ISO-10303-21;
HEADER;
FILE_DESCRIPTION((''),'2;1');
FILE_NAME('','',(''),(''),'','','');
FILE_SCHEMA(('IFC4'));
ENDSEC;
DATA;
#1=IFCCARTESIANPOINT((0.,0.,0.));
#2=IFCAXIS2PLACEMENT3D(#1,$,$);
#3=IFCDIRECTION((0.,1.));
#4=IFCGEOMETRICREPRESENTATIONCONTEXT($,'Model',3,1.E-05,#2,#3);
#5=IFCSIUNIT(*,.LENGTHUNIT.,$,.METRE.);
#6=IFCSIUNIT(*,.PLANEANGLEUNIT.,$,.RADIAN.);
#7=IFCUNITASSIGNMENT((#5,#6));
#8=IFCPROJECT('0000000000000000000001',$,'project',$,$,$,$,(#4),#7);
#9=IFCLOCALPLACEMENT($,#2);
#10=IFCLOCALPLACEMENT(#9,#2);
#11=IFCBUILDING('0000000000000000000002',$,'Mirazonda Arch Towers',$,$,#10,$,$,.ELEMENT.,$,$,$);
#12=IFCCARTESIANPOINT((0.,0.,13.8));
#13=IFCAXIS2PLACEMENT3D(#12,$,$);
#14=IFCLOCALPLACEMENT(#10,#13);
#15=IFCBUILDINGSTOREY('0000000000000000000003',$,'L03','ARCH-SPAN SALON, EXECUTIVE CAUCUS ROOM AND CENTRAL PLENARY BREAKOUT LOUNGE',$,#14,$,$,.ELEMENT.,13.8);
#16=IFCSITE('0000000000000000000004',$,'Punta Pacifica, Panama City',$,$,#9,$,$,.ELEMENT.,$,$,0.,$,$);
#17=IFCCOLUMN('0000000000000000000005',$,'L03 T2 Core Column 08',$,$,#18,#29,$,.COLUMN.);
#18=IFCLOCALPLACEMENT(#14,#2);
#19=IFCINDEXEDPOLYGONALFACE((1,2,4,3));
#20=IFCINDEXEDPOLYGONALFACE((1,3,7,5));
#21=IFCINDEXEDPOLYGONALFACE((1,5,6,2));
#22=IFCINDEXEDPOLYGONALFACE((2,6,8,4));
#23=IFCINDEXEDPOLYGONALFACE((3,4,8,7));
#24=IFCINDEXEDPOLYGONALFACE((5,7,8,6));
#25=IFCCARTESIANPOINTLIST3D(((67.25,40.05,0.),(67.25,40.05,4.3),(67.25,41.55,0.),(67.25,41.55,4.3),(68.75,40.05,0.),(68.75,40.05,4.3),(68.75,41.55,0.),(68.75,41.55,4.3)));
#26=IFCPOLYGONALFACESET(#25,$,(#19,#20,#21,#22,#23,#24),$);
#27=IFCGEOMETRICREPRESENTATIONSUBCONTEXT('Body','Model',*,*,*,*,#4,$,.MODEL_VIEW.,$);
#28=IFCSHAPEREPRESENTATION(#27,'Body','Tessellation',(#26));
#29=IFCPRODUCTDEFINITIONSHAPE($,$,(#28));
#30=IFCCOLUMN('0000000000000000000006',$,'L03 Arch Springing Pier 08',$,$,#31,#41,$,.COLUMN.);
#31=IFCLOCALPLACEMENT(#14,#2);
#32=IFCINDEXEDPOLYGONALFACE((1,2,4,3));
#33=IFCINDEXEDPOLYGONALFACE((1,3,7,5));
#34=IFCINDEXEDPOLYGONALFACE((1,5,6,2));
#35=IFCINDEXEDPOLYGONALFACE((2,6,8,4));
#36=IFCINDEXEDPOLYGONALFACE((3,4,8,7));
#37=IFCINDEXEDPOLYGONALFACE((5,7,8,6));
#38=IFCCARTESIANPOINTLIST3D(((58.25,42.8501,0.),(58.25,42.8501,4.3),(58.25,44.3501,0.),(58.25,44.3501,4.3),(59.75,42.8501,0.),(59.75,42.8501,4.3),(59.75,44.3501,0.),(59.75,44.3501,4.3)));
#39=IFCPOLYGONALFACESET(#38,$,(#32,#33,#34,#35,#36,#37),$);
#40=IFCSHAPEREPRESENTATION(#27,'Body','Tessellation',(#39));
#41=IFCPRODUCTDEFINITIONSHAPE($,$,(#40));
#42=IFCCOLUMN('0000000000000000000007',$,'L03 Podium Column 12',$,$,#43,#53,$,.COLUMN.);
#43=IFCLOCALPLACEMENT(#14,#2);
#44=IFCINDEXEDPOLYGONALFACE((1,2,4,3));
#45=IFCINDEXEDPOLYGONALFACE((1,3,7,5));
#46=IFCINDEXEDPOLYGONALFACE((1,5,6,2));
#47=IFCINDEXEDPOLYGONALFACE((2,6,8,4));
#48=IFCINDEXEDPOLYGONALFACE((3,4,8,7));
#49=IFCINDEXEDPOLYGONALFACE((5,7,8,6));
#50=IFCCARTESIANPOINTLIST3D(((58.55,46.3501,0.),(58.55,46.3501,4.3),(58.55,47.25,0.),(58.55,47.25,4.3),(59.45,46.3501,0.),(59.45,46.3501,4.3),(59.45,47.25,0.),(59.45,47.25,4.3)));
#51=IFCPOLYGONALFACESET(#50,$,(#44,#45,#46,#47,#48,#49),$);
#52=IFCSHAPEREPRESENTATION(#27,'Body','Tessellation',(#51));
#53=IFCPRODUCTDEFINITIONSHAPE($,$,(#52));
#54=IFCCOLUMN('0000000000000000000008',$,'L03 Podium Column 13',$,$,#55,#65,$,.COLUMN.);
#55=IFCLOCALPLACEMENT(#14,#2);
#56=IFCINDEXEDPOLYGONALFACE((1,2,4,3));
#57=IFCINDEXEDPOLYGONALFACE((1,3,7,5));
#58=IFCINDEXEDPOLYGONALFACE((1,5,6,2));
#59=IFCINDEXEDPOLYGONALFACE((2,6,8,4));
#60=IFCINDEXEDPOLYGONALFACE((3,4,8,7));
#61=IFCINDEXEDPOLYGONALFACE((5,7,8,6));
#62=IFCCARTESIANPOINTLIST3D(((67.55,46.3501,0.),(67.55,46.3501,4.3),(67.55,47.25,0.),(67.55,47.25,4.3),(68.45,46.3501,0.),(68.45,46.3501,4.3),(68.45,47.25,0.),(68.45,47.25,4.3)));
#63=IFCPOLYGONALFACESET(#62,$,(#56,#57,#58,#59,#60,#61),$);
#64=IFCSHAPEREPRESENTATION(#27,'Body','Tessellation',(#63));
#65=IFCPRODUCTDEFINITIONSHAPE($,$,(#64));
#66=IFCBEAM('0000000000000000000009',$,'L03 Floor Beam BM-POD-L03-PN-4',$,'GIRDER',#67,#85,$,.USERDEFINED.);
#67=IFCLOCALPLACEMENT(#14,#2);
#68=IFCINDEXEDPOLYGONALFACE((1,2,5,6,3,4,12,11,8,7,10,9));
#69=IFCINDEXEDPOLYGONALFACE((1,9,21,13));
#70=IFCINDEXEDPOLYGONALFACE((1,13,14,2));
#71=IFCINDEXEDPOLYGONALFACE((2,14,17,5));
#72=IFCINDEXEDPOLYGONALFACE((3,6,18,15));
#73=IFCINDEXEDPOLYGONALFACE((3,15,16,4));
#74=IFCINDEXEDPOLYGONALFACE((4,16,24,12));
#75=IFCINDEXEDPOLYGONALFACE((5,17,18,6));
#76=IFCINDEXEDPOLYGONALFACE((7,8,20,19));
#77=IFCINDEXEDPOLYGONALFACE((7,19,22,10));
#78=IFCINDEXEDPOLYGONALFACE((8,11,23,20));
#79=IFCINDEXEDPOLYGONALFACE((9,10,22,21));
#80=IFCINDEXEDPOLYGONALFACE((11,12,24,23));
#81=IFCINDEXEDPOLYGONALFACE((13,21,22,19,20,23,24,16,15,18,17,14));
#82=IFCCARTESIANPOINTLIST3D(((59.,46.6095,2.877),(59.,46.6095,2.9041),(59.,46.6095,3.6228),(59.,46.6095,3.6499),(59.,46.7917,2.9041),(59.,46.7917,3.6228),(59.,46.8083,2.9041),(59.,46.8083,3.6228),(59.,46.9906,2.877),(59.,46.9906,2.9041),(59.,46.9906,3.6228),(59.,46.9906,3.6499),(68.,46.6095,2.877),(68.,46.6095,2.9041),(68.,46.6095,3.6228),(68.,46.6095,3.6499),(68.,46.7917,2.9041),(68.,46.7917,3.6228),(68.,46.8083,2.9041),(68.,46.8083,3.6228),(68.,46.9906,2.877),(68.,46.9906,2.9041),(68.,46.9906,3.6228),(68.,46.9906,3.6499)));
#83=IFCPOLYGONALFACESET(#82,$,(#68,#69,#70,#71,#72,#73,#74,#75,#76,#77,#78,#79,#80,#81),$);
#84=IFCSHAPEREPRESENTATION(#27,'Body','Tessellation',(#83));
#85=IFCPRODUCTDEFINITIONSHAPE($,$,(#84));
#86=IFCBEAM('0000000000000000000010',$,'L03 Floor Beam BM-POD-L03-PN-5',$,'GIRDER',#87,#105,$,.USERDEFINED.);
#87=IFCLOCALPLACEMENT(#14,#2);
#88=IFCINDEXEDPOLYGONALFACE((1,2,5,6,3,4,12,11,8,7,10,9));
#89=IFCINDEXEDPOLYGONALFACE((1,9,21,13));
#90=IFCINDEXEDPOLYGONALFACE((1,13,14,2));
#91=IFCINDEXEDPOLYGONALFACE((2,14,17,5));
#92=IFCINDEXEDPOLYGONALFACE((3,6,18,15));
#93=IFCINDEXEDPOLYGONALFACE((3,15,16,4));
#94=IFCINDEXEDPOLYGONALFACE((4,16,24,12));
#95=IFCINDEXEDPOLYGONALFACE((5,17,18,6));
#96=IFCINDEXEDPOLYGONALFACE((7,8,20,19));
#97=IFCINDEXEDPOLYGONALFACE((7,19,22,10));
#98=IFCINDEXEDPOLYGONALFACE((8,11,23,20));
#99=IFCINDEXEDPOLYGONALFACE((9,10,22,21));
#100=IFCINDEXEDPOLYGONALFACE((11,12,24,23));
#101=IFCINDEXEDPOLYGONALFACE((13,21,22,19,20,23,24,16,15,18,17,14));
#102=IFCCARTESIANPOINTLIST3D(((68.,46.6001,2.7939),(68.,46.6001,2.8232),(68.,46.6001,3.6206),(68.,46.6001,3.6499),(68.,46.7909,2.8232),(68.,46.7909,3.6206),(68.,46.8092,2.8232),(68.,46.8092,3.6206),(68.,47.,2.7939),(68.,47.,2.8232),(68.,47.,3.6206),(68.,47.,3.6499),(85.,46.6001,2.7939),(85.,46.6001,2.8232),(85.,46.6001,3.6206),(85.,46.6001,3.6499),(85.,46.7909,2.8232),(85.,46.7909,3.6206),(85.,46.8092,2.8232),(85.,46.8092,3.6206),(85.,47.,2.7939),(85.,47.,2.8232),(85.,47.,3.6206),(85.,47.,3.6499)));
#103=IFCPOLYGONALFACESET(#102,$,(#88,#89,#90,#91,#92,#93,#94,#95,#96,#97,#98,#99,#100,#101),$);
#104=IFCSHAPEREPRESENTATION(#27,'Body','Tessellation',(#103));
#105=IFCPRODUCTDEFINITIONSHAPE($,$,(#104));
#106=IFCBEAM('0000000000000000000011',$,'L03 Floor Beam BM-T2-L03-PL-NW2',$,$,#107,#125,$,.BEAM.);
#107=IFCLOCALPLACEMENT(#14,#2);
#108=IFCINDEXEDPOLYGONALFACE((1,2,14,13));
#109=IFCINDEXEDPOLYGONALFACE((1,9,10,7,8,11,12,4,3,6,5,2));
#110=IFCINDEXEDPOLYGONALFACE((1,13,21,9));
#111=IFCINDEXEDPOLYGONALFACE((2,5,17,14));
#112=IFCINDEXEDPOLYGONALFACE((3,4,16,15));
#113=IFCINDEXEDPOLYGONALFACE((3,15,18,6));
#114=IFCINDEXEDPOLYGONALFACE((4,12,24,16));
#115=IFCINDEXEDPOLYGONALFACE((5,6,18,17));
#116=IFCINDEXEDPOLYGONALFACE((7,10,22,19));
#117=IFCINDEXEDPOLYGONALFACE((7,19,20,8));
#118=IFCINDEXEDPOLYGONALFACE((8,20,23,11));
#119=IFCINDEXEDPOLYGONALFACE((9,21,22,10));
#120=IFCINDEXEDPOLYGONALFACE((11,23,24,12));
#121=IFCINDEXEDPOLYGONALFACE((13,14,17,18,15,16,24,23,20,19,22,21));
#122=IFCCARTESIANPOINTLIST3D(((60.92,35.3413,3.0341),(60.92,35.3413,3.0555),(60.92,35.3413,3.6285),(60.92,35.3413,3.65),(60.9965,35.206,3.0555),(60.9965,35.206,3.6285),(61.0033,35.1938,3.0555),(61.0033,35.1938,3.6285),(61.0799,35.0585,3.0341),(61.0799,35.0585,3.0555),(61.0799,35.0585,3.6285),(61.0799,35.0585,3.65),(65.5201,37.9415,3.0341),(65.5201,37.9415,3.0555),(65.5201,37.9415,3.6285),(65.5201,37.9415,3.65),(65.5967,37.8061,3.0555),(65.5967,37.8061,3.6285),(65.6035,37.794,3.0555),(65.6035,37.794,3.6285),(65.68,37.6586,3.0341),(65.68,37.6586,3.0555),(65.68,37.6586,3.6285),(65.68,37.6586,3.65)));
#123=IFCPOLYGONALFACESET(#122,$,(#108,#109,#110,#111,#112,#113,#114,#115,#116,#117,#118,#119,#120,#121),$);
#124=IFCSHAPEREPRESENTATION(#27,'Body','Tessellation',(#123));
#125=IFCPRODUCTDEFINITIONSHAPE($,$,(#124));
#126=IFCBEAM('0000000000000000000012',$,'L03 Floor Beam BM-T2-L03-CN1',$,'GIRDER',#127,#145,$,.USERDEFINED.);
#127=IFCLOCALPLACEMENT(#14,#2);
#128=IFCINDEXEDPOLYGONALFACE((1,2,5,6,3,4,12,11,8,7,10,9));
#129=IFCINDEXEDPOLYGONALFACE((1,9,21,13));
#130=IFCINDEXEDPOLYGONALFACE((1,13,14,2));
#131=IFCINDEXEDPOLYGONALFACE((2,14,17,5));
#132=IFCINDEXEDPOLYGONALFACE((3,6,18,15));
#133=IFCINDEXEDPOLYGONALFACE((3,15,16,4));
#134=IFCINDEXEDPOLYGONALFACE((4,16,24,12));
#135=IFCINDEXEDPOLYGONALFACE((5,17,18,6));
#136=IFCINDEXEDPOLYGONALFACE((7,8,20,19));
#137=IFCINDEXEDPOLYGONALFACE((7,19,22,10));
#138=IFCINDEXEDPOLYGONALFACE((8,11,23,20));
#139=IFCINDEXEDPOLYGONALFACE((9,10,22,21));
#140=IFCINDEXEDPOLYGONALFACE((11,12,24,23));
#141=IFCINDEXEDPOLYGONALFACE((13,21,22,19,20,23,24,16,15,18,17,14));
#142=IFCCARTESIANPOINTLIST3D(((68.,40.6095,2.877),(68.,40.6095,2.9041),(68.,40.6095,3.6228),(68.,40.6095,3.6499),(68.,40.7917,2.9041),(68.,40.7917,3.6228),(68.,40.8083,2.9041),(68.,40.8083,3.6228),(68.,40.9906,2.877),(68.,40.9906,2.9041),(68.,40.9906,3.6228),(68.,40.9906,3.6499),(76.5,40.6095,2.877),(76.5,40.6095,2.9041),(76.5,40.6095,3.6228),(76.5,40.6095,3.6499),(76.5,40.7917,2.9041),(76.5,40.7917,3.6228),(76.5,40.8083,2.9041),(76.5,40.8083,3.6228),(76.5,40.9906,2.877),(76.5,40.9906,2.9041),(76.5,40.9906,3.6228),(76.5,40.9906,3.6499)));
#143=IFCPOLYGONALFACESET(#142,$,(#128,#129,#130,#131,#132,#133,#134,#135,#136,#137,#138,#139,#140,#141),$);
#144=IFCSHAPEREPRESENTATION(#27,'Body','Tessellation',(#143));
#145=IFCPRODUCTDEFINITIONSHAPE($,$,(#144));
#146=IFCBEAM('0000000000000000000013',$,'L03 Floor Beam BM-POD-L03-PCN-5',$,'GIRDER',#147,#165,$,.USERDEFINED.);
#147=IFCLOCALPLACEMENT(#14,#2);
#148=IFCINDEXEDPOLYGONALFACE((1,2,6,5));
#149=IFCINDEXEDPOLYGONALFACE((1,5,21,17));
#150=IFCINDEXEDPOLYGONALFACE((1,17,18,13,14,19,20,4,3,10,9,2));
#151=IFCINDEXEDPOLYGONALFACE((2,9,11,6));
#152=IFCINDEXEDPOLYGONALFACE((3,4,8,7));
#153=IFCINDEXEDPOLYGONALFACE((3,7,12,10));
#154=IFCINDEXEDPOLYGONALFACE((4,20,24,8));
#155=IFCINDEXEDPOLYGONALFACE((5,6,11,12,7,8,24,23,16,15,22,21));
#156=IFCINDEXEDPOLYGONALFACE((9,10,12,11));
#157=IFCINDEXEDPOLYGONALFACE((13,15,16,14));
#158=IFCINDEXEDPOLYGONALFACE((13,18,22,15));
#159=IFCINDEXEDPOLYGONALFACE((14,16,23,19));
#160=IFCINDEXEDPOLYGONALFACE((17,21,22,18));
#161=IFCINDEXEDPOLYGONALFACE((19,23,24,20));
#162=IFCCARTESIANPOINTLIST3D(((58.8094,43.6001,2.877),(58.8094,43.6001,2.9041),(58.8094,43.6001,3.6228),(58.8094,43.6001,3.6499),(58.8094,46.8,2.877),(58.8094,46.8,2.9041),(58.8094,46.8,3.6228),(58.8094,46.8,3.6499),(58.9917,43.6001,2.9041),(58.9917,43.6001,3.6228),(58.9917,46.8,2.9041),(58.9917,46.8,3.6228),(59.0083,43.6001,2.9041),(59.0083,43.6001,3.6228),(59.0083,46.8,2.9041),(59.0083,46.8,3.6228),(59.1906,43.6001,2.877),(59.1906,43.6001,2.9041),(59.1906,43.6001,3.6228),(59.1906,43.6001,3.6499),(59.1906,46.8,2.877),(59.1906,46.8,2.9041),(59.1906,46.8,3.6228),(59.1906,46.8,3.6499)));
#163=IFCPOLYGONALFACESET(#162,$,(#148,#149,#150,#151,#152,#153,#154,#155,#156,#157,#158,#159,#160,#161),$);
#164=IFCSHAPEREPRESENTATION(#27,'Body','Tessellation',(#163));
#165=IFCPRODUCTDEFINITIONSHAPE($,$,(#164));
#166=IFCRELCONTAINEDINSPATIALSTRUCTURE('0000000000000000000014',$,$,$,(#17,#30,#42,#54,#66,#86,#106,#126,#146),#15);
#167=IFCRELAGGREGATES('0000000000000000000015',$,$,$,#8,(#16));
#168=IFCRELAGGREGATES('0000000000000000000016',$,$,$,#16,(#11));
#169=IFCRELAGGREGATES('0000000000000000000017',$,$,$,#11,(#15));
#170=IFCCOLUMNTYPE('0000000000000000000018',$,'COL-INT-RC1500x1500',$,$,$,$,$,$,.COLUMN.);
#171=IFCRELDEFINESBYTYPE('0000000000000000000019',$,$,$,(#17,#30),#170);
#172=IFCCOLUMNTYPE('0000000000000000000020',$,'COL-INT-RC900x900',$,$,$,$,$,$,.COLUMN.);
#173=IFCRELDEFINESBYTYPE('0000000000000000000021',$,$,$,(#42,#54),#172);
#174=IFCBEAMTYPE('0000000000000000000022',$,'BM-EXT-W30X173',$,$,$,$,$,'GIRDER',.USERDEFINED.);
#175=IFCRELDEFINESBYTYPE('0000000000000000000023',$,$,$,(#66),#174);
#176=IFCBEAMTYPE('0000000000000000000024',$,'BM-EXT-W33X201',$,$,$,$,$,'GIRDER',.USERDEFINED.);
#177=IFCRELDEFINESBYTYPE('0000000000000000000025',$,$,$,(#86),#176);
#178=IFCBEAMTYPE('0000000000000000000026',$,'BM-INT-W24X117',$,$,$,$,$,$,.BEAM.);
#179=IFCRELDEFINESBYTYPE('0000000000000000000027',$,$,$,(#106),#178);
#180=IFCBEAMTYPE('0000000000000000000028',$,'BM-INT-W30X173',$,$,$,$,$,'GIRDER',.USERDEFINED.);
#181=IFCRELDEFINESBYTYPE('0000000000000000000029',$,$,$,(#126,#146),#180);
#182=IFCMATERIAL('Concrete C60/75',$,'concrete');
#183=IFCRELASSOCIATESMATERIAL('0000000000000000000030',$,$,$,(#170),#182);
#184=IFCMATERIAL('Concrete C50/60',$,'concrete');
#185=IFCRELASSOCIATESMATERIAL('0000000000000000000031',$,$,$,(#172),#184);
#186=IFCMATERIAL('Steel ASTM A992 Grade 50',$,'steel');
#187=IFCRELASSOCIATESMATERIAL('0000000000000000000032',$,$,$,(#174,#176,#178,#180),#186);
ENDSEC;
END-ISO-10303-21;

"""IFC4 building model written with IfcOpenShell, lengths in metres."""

from ifc_helpers import new_model, si_unit, direction, frame, origin, origin_2d, place, context, subcontext, project, spatial, rectangle, i_section, extrude, material, material_profile, profile_set, type_object, element, save


model = new_model("IFC4")

# Units and contexts
model_context = context("Model", 3, precision=1e-05, world=origin(), true_north=direction((0.0, 1.0)))
body_context = subcontext(model_context, "Body", "Model", "MODEL_VIEW")
ifc_project = project(units=[si_unit("LENGTHUNIT", "METRE"), si_unit("PLANEANGLEUNIT", "RADIAN")], contexts=[model_context])

# Site, building, storey
site_placement = place(None, origin())
site = spatial("IfcSite", under=ifc_project, at=site_placement, Name="Punta Pacifica, Panama City", CompositionType="ELEMENT", RefElevation=0.0)
building_placement = place(site_placement, origin())
building = spatial("IfcBuilding", under=site, at=building_placement, Name="Mirazonda Arch Towers", CompositionType="ELEMENT")
storey_placement = place(building_placement, frame((0.0, 0.0, 13.8)))
storey = spatial("IfcBuildingStorey", under=building, at=storey_placement, Name="L03", Description="ARCH-SPAN SALON, EXECUTIVE CAUCUS ROOM AND CENTRAL PLENARY BREAKOUT LOUNGE", CompositionType="ELEMENT", Elevation=13.8)

# Columns
ifc_material_1 = material(Name="Concrete C60/75", Category="concrete")
ifc_material_profile_1 = material_profile(ifc_material_1, rectangle(XDim=1.5, YDim=1.5, at=origin_2d()), Name="RC1500x1500")
ifc_profile_set_1 = profile_set([ifc_material_profile_1], Name="Concrete C60/75")
column_type_1 = type_object("IfcColumnType", Name="COL-INT-RC1500x1500", PredefinedType="COLUMN", material=ifc_profile_set_1)
for number, where, z_axis, x_axis, name in (
    (1, (68.0, 40.8, 0.0), (0.0, 0.0, 1.0), (1.0, 0.0, 0.0), "L03 T2 Core Column 08"),
    (2, (59.0, 43.6001, 0.0), (0.0, 0.0, 1.0), (1.0, 0.0, 0.0), "L03 Arch Springing Pier 08"),
):
    element("IfcColumn", number, at=place(storey_placement, frame(where, z_axis=z_axis, x_axis=x_axis)), inside=storey, type_object=column_type_1, Name=name, PredefinedType="COLUMN", context=body_context, shape_type="SweptSolid", body=[
        extrude(rectangle(XDim=1.5, YDim=1.5, at=origin_2d()), origin(), (0.0, 0.0, 1.0), 4.3),
    ])
ifc_material_2 = material(Name="Concrete C50/60", Category="concrete")
ifc_material_profile_2 = material_profile(ifc_material_2, rectangle(XDim=0.8999, YDim=0.8999, at=origin_2d()), Name="RC900x900")
ifc_profile_set_2 = profile_set([ifc_material_profile_2], Name="Concrete C50/60")
column_type_2 = type_object("IfcColumnType", Name="COL-INT-RC900x900", PredefinedType="COLUMN", material=ifc_profile_set_2)
for number, where, z_axis, x_axis, name in (
    (3, (59.0, 46.8, 0.0), (0.0, 0.0, 1.0), (1.0, 0.0, 0.0), "L03 Podium Column 12"),
    (4, (68.0, 46.8, 0.0), (0.0, 0.0, 1.0), (1.0, 0.0, 0.0), "L03 Podium Column 13"),
):
    element("IfcColumn", number, at=place(storey_placement, frame(where, z_axis=z_axis, x_axis=x_axis)), inside=storey, type_object=column_type_2, Name=name, PredefinedType="COLUMN", context=body_context, shape_type="SweptSolid", body=[
        extrude(rectangle(XDim=0.8999, YDim=0.8999, at=origin_2d()), origin(), (0.0, 0.0, 1.0), 4.3),
    ])

# Beams
ifc_material_3 = material(Name="Steel ASTM A992 Grade 50", Category="steel")
ifc_material_profile_3 = material_profile(ifc_material_3, i_section(OverallWidth=0.3811, OverallDepth=0.7729, WebThickness=0.0166, FlangeThickness=0.0271, at=origin_2d()), Name="W30X173")
ifc_profile_set_3 = profile_set([ifc_material_profile_3], Name="Steel ASTM A992 Grade 50")
beam_type_1 = type_object("IfcBeamType", Name="BM-EXT-W30X173", ElementType="GIRDER", PredefinedType="USERDEFINED", material=ifc_profile_set_3)
beam_1_placement = place(storey_placement, frame((59.0, 46.8, 3.2634), z_axis=(1.0, 0.0, 0.0), x_axis=(0.0, 1.0, 0.0)))
element("IfcBeam", 5, at=beam_1_placement, inside=storey, type_object=beam_type_1, Name="L03 Floor Beam BM-POD-L03-PN-4", ObjectType="GIRDER", PredefinedType="USERDEFINED", context=body_context, shape_type="SweptSolid", body=[
    extrude(i_section(OverallWidth=0.3811, OverallDepth=0.7729, WebThickness=0.0166, FlangeThickness=0.0271, at=origin_2d()), origin(), (0.0, 0.0, 1.0), 9.0),
])
ifc_material_profile_4 = material_profile(ifc_material_3, i_section(OverallWidth=0.3999, OverallDepth=0.856, WebThickness=0.0183, FlangeThickness=0.0293, at=origin_2d()), Name="W33X201")
ifc_profile_set_4 = profile_set([ifc_material_profile_4], Name="Steel ASTM A992 Grade 50")
beam_type_2 = type_object("IfcBeamType", Name="BM-EXT-W33X201", ElementType="GIRDER", PredefinedType="USERDEFINED", material=ifc_profile_set_4)
beam_2_placement = place(storey_placement, frame((68.0, 46.8, 3.2219), z_axis=(1.0, 0.0, 0.0), x_axis=(0.0, 1.0, 0.0)))
element("IfcBeam", 6, at=beam_2_placement, inside=storey, type_object=beam_type_2, Name="L03 Floor Beam BM-POD-L03-PN-5", ObjectType="GIRDER", PredefinedType="USERDEFINED", context=body_context, shape_type="SweptSolid", body=[
    extrude(i_section(OverallWidth=0.3999, OverallDepth=0.856, WebThickness=0.0183, FlangeThickness=0.0293, at=origin_2d()), origin(), (0.0, 0.0, 1.0), 17.0),
])
ifc_material_profile_5 = material_profile(ifc_material_3, i_section(OverallWidth=0.325, OverallDepth=0.616, WebThickness=0.0139, FlangeThickness=0.0215, at=origin_2d()), Name="W24X117")
ifc_profile_set_5 = profile_set([ifc_material_profile_5], Name="Steel ASTM A992 Grade 50")
beam_type_3 = type_object("IfcBeamType", Name="BM-INT-W24X117", PredefinedType="BEAM", material=ifc_profile_set_5)
beam_3_placement = place(storey_placement, frame((65.6001, 37.8, 3.342), z_axis=(-0.870559, -0.492063, 0.0), x_axis=(0.492063, -0.870559, 0.0)))
element("IfcBeam", 7, at=beam_3_placement, inside=storey, type_object=beam_type_3, Name="L03 Floor Beam BM-T2-L03-PL-NW2", PredefinedType="BEAM", context=body_context, shape_type="SweptSolid", body=[
    extrude(i_section(OverallWidth=0.325, OverallDepth=0.616, WebThickness=0.0139, FlangeThickness=0.0215, at=origin_2d()), origin(), (0.0, 0.0, 1.0), 5.2842),
])
ifc_material_profile_6 = material_profile(ifc_material_3, i_section(OverallWidth=0.3811, OverallDepth=0.7729, WebThickness=0.0166, FlangeThickness=0.0271, at=origin_2d()), Name="W30X173")
ifc_profile_set_6 = profile_set([ifc_material_profile_6], Name="Steel ASTM A992 Grade 50")
beam_type_4 = type_object("IfcBeamType", Name="BM-INT-W30X173", ElementType="GIRDER", PredefinedType="USERDEFINED", material=ifc_profile_set_6)
beam_4_placement = place(storey_placement, frame((68.0, 40.8, 3.2634), z_axis=(1.0, 0.0, 0.0), x_axis=(0.0, 1.0, 0.0)))
element("IfcBeam", 8, at=beam_4_placement, inside=storey, type_object=beam_type_4, Name="L03 Floor Beam BM-T2-L03-CN1", ObjectType="GIRDER", PredefinedType="USERDEFINED", context=body_context, shape_type="SweptSolid", body=[
    extrude(i_section(OverallWidth=0.3811, OverallDepth=0.7729, WebThickness=0.0166, FlangeThickness=0.0271, at=origin_2d()), origin(), (0.0, 0.0, 1.0), 8.5),
])
beam_5_placement = place(storey_placement, frame((59.0, 43.6001, 3.2634), z_axis=(0.0, 1.0, 0.0), x_axis=(-1.0, 0.0, 0.0)))
element("IfcBeam", 9, at=beam_5_placement, inside=storey, type_object=beam_type_4, Name="L03 Floor Beam BM-POD-L03-PCN-5", ObjectType="GIRDER", PredefinedType="USERDEFINED", context=body_context, shape_type="SweptSolid", body=[
    extrude(i_section(OverallWidth=0.3811, OverallDepth=0.7729, WebThickness=0.0166, FlangeThickness=0.0271, at=origin_2d()), origin(), (0.0, 0.0, 1.0), 3.2),
])

save(model, "model.ifc")
